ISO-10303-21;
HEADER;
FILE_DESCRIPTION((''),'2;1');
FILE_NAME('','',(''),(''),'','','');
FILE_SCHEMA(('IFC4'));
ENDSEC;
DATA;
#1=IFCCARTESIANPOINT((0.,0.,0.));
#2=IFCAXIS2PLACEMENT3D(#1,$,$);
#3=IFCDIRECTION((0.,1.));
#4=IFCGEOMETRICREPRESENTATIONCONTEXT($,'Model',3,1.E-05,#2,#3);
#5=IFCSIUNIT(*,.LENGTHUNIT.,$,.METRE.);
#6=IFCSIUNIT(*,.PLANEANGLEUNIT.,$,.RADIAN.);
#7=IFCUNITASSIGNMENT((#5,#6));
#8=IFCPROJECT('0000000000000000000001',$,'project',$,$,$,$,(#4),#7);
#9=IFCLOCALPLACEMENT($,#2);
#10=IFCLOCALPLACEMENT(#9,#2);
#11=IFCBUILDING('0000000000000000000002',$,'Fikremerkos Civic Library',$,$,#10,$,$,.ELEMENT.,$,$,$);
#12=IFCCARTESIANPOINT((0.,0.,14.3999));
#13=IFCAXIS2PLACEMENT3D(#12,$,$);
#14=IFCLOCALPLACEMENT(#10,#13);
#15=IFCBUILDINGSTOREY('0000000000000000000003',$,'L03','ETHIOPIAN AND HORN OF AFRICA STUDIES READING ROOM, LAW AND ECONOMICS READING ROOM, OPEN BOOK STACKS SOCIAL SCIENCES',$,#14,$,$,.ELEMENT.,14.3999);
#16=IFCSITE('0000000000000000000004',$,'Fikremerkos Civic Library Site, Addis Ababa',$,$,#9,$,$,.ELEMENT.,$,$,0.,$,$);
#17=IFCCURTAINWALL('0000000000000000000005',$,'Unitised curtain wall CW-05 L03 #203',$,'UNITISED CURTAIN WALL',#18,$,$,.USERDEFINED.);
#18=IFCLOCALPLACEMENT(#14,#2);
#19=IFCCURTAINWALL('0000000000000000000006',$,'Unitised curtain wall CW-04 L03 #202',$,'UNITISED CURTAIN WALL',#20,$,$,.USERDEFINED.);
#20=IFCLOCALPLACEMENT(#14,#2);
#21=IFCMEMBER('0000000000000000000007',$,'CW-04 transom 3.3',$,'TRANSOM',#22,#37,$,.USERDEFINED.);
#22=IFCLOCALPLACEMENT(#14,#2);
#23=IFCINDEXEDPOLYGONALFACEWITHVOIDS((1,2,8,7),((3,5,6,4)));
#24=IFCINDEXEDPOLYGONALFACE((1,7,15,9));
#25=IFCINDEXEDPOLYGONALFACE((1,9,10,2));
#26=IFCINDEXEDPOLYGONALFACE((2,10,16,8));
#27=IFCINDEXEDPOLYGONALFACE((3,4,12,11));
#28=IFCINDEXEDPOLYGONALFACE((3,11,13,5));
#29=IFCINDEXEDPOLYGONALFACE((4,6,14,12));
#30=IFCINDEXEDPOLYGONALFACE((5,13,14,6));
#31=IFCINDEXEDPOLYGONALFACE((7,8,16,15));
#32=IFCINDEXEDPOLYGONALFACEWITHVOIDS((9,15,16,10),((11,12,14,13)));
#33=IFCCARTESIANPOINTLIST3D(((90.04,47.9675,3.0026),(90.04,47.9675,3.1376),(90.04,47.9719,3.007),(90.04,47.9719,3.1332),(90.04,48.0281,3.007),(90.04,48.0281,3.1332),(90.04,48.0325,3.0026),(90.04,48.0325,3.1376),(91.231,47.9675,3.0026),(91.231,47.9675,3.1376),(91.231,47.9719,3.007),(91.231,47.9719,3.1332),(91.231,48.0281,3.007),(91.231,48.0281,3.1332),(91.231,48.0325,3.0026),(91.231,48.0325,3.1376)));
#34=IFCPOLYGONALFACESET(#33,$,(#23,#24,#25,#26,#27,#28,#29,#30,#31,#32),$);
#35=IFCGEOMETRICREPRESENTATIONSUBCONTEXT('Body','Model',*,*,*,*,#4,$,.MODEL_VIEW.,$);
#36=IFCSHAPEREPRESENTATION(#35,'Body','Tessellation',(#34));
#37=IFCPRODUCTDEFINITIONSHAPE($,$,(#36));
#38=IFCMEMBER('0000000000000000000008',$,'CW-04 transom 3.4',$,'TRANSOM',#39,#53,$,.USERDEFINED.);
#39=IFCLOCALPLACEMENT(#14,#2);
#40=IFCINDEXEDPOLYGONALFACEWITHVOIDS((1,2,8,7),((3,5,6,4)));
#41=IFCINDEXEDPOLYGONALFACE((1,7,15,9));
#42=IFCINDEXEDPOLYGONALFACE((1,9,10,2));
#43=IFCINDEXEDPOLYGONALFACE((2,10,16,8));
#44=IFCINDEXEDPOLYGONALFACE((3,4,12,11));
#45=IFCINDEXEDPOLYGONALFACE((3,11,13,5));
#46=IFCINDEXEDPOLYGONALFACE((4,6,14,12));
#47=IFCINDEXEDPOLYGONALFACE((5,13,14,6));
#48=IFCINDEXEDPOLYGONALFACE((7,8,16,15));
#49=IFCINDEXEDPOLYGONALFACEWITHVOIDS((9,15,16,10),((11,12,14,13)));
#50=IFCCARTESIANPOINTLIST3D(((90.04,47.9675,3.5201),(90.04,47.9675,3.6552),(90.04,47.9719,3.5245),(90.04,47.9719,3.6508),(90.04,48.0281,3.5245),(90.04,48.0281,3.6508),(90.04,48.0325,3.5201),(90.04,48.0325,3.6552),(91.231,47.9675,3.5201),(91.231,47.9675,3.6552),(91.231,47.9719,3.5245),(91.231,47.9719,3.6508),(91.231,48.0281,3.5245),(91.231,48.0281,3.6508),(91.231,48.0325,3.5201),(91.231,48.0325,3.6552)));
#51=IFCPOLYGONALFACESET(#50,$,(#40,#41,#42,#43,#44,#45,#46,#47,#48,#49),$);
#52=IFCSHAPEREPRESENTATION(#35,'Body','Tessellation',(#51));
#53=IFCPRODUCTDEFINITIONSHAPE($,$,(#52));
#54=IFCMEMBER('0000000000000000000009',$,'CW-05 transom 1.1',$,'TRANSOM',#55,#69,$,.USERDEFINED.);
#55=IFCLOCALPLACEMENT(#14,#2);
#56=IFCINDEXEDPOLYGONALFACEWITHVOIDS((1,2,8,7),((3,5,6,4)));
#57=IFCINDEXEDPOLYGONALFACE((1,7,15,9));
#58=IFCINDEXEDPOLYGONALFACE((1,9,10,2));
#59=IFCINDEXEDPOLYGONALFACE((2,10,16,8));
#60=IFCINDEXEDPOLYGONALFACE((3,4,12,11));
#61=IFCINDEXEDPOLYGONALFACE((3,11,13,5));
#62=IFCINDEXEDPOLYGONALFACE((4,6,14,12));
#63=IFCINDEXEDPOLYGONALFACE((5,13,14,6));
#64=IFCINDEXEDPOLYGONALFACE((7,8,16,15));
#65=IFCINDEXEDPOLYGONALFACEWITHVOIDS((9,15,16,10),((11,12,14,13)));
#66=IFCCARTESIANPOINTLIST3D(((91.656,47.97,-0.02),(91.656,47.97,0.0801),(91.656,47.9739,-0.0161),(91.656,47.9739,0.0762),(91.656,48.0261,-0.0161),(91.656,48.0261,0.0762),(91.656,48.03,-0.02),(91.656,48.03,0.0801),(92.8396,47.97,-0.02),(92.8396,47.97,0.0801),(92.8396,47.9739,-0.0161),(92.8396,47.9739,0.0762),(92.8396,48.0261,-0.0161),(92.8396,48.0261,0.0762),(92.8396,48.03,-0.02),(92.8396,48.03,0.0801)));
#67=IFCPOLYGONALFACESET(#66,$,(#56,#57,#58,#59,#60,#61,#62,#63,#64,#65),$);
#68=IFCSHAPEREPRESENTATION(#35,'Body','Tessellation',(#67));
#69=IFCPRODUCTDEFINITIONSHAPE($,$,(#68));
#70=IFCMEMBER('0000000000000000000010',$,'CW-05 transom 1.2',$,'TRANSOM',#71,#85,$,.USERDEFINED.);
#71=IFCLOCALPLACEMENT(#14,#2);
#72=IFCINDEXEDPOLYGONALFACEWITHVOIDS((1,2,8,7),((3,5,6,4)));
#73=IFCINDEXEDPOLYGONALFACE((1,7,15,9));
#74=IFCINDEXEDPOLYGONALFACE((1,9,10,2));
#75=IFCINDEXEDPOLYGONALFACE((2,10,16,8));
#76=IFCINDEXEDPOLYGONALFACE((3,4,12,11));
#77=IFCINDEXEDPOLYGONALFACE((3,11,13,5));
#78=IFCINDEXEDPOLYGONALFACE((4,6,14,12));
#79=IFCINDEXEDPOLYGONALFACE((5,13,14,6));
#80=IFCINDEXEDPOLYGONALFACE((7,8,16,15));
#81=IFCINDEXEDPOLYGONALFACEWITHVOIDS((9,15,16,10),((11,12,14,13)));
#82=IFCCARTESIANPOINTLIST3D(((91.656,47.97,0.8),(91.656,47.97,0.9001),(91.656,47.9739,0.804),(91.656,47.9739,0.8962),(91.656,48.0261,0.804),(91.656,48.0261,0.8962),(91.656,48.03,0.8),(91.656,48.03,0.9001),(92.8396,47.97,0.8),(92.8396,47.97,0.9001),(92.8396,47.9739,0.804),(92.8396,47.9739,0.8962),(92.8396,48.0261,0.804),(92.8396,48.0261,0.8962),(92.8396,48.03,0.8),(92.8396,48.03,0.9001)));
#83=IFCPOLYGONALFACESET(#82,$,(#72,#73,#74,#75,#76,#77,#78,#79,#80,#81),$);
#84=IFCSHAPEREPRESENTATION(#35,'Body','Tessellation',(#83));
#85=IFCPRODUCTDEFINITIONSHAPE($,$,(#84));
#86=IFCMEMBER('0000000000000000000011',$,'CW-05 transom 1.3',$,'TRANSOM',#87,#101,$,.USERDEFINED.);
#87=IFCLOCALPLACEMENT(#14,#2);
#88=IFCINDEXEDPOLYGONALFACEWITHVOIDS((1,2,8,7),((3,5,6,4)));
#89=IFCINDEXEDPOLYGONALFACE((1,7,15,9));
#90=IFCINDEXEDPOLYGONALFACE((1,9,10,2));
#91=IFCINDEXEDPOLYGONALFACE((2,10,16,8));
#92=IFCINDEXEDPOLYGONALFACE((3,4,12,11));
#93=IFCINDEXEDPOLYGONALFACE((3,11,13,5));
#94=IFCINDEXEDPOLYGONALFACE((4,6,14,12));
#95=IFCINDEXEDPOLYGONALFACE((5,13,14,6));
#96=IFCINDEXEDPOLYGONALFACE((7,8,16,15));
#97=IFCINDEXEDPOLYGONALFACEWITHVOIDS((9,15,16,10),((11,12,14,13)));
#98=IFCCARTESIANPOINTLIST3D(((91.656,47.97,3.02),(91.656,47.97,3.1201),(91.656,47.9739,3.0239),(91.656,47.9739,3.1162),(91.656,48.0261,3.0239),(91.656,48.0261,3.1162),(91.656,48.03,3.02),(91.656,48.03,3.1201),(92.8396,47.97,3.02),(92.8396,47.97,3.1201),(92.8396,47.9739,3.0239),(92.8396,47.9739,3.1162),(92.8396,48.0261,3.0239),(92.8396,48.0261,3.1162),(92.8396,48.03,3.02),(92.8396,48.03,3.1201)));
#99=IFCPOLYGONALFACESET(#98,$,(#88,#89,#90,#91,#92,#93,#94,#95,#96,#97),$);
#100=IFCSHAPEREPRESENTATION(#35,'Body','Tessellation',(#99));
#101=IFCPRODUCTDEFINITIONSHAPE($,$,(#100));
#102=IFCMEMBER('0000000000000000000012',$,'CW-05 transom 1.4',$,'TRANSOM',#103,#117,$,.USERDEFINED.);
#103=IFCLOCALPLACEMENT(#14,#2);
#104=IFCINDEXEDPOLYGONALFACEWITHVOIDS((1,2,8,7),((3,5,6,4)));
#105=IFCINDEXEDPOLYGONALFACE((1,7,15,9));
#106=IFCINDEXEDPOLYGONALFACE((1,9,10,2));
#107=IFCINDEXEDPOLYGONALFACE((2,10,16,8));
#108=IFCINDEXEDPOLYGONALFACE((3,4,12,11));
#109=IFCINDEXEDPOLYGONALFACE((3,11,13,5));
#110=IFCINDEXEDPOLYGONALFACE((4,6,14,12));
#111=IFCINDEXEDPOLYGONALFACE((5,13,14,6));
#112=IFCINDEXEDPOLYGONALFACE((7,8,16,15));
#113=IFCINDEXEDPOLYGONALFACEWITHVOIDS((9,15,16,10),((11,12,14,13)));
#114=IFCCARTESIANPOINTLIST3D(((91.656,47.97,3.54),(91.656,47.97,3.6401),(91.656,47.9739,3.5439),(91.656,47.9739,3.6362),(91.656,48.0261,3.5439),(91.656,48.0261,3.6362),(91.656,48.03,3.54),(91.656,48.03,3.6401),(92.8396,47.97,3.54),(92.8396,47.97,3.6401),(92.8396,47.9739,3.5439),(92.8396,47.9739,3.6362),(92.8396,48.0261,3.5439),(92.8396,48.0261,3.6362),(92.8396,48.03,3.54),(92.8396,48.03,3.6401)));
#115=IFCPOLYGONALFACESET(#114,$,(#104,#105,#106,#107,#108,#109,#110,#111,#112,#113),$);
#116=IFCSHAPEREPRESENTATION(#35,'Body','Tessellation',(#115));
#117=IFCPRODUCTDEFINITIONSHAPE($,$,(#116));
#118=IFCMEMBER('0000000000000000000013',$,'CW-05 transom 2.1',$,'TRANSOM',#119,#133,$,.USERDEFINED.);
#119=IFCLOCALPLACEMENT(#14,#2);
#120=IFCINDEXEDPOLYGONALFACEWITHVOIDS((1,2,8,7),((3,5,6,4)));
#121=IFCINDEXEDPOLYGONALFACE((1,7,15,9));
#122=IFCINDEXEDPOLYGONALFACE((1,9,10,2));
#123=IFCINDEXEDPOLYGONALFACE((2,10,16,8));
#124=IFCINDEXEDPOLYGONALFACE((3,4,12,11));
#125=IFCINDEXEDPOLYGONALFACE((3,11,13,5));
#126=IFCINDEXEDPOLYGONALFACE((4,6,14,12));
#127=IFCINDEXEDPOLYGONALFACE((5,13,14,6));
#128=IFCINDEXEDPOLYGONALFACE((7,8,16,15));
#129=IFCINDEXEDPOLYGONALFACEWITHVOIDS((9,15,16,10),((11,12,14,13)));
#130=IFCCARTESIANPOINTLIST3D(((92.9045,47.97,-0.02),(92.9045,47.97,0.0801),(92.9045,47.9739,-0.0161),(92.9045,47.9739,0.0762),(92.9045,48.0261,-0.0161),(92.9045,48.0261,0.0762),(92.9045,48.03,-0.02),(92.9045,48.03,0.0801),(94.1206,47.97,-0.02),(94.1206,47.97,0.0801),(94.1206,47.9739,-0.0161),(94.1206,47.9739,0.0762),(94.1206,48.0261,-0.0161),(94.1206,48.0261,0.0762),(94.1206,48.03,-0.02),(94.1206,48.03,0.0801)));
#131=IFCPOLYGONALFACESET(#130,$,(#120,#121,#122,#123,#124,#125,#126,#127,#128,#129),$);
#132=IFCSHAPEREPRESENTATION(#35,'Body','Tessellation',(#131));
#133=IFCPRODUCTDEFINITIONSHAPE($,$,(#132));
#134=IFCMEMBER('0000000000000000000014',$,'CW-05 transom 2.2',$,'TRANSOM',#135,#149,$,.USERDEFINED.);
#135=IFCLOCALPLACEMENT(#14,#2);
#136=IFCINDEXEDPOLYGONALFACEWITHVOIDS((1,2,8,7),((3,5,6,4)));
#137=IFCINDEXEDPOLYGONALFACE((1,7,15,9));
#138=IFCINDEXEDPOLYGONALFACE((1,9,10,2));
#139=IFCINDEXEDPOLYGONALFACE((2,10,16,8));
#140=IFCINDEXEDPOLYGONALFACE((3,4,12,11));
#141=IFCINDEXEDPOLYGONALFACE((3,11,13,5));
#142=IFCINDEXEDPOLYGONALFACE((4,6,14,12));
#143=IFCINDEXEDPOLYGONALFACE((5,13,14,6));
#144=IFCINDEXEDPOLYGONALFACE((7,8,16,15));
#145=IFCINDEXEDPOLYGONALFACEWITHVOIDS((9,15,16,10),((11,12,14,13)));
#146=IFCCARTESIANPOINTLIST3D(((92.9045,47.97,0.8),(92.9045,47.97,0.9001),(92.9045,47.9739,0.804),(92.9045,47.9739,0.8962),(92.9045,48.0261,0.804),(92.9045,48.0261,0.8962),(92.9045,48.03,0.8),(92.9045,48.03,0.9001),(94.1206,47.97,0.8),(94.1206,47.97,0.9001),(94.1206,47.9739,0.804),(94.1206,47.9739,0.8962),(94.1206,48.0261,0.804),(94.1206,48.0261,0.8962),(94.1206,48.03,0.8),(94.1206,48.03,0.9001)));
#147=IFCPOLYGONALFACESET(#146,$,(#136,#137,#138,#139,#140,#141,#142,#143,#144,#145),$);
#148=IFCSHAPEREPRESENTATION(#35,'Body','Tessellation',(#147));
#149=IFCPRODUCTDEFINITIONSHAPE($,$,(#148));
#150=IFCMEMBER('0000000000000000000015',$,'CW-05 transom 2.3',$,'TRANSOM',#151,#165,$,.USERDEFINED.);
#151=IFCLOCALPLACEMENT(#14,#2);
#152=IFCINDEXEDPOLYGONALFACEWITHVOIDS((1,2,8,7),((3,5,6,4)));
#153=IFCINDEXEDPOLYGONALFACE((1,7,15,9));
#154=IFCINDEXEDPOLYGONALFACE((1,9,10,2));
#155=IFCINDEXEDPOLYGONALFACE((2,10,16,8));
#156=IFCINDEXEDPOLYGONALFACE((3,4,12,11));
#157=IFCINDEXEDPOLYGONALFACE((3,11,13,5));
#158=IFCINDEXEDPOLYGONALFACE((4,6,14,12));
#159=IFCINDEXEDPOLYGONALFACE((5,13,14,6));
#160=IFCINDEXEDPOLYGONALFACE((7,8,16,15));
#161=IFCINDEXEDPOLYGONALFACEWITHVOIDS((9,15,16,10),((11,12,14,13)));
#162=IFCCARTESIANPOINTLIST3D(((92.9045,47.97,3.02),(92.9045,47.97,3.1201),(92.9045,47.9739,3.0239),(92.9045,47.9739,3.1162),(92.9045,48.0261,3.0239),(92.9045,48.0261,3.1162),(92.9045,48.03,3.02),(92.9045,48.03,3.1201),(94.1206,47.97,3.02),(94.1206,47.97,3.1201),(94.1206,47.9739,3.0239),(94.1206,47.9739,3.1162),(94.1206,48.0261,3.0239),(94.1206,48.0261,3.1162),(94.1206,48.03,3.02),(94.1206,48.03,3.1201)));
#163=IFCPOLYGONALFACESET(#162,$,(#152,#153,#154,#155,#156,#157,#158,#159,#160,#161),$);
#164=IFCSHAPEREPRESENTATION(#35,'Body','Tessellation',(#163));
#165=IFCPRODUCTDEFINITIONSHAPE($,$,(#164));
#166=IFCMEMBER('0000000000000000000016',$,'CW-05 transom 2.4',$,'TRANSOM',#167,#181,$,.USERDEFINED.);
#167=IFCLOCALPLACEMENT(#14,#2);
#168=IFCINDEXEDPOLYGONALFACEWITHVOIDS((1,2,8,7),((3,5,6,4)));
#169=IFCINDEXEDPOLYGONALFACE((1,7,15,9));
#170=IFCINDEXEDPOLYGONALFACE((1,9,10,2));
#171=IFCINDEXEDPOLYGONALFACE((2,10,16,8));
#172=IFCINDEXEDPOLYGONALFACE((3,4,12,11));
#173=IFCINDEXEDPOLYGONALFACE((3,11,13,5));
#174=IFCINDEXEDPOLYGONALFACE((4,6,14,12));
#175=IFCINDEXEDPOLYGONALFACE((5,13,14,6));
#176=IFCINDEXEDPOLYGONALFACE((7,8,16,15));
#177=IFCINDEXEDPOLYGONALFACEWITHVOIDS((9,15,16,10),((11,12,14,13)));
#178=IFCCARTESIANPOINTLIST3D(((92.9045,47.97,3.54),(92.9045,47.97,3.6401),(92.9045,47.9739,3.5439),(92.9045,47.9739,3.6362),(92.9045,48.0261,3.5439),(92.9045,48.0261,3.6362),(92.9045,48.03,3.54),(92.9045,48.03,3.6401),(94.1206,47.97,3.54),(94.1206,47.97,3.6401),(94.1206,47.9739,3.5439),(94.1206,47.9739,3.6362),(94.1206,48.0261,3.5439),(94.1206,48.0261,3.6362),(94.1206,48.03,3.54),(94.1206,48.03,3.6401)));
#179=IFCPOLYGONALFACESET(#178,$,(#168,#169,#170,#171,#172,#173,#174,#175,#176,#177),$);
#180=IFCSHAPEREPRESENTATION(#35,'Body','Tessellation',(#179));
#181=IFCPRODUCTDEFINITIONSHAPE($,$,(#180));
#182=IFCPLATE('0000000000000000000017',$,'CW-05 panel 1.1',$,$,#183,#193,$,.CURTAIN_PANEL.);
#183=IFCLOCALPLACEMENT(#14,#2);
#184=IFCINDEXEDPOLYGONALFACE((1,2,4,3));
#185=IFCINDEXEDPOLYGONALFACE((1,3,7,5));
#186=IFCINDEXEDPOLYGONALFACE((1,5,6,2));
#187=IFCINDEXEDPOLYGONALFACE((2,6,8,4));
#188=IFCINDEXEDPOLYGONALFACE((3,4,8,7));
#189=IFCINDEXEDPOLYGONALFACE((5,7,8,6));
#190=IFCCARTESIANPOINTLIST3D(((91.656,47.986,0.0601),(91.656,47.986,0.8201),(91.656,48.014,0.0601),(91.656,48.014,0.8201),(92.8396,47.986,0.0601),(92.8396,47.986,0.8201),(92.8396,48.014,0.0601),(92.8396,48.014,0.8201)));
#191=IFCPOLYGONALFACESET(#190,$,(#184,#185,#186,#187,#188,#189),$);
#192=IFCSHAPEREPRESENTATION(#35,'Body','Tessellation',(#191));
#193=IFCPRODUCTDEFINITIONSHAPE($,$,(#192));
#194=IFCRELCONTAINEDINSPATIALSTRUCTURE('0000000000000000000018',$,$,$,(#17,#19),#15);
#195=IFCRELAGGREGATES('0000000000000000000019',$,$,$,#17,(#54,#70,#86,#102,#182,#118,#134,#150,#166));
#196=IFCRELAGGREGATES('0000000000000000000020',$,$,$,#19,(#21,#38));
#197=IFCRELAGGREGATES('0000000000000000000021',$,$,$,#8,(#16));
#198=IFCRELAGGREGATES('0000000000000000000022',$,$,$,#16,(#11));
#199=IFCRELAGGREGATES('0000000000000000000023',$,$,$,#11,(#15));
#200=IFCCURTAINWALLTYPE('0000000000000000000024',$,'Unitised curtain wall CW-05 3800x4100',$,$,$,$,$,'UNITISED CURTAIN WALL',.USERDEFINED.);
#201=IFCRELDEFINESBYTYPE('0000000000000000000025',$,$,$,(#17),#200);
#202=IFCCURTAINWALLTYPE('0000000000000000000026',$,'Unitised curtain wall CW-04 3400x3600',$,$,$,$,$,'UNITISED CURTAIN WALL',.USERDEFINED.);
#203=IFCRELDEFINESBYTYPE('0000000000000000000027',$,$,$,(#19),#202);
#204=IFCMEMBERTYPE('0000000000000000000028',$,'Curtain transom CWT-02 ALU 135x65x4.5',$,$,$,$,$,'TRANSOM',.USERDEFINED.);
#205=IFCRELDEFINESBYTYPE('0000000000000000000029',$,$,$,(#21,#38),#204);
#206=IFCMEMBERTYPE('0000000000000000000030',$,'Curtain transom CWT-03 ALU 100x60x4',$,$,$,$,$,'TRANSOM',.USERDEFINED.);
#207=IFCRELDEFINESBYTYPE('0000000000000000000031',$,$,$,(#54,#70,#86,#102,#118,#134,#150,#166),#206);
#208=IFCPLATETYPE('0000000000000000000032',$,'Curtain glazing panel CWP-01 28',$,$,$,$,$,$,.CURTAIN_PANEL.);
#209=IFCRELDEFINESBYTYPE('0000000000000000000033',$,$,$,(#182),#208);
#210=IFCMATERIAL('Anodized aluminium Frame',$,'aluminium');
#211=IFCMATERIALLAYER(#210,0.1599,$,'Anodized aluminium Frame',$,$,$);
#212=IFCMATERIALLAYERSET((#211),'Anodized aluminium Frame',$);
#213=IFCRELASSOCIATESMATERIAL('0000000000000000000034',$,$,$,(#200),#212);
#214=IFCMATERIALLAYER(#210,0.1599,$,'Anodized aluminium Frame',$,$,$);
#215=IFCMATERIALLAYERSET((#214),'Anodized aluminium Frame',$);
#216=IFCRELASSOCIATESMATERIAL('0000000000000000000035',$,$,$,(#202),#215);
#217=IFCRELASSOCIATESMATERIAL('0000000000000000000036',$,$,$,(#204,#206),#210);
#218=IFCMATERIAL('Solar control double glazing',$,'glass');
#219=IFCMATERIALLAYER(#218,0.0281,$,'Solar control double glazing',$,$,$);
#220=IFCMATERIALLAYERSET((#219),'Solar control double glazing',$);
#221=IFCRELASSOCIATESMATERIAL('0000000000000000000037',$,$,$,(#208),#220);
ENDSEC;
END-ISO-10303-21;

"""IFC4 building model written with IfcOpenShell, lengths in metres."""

from ifc_helpers import new_model, si_unit, direction, frame, origin, origin_2d, place, context, subcontext, project, spatial, rectangle, hollow_rectangle, extrude, material, layer, layer_set, material_profile, profile_set, type_object, element, aggregate, save


model = new_model("IFC4")

# Units and contexts
model_context = context("Model", 3, precision=1e-05, world=origin(), true_north=direction((0.0, 1.0)))
body_context = subcontext(model_context, "Body", "Model", "MODEL_VIEW")
ifc_project = project(units=[si_unit("LENGTHUNIT", "METRE"), si_unit("PLANEANGLEUNIT", "RADIAN")], contexts=[model_context])

# Site, building, storey
site_placement = place(None, origin())
site = spatial("IfcSite", under=ifc_project, at=site_placement, Name="Fikremerkos Civic Library Site, Addis Ababa", CompositionType="ELEMENT", RefElevation=0.0)
building_placement = place(site_placement, origin())
building = spatial("IfcBuilding", under=site, at=building_placement, Name="Fikremerkos Civic Library", CompositionType="ELEMENT")
storey_placement = place(building_placement, frame((0.0, 0.0, 14.3999)))
storey = spatial("IfcBuildingStorey", under=building, at=storey_placement, Name="L03", Description="ETHIOPIAN AND HORN OF AFRICA STUDIES READING ROOM, LAW AND ECONOMICS READING ROOM, OPEN BOOK STACKS SOCIAL SCIENCES", CompositionType="ELEMENT", Elevation=14.3999)

# Curtain walls, members
ifc_material_1 = material(Name="Anodized aluminium Frame", Category="aluminium")
ifc_layer_1 = layer(ifc_material_1, 0.1599, Name="Anodized aluminium Frame")
ifc_layer_set_1 = layer_set([ifc_layer_1], Name="Anodized aluminium Frame")
curtain_wall_type_1 = type_object("IfcCurtainWallType", Name="Unitised curtain wall CW-05 3800x4100", ElementType="UNITISED CURTAIN WALL", PredefinedType="USERDEFINED", material=ifc_layer_set_1)
curtain_wall_1_placement = place(storey_placement, origin())
curtain_wall_1 = element("IfcCurtainWall", 1, at=curtain_wall_1_placement, inside=storey, type_object=curtain_wall_type_1, Name="Unitised curtain wall CW-05 L03 #203", ObjectType="UNITISED CURTAIN WALL", PredefinedType="USERDEFINED")
ifc_layer_2 = layer(ifc_material_1, 0.1599, Name="Anodized aluminium Frame")
ifc_layer_set_2 = layer_set([ifc_layer_2], Name="Anodized aluminium Frame")
curtain_wall_type_2 = type_object("IfcCurtainWallType", Name="Unitised curtain wall CW-04 3400x3600", ElementType="UNITISED CURTAIN WALL", PredefinedType="USERDEFINED", material=ifc_layer_set_2)
curtain_wall_2_placement = place(storey_placement, origin())
curtain_wall_2 = element("IfcCurtainWall", 2, at=curtain_wall_2_placement, inside=storey, type_object=curtain_wall_type_2, Name="Unitised curtain wall CW-04 L03 #202", ObjectType="UNITISED CURTAIN WALL", PredefinedType="USERDEFINED")
ifc_material_profile_1 = material_profile(ifc_material_1, hollow_rectangle(XDim=0.0649, YDim=0.135, WallThickness=0.0044, at=origin_2d()), Name="ALU 135x65x4.5")
ifc_profile_set_1 = profile_set([ifc_material_profile_1], Name="Anodized aluminium Frame")
member_type_1 = type_object("IfcMemberType", Name="Curtain transom CWT-02 ALU 135x65x4.5", ElementType="TRANSOM", PredefinedType="USERDEFINED", material=ifc_profile_set_1)
member_1_placement = place(storey_placement, frame((90.04, 48.0, 3.0701), z_axis=(1.0, 0.0, 0.0), x_axis=(0.0, 1.0, 0.0)))
member_1 = element("IfcMember", 3, at=member_1_placement, type_object=member_type_1, Name="CW-04 transom 3.3", ObjectType="TRANSOM", PredefinedType="USERDEFINED", context=body_context, shape_type="SweptSolid", body=[
    extrude(hollow_rectangle(XDim=0.0649, YDim=0.135, WallThickness=0.0044, at=origin_2d()), origin(), (0.0, 0.0, 1.0), 1.1909),
])
member_2_placement = place(storey_placement, frame((90.04, 48.0, 3.5876), z_axis=(1.0, 0.0, 0.0), x_axis=(0.0, 1.0, 0.0)))
member_2 = element("IfcMember", 4, at=member_2_placement, type_object=member_type_1, Name="CW-04 transom 3.4", ObjectType="TRANSOM", PredefinedType="USERDEFINED", context=body_context, shape_type="SweptSolid", body=[
    extrude(hollow_rectangle(XDim=0.0649, YDim=0.135, WallThickness=0.0044, at=origin_2d()), origin(), (0.0, 0.0, 1.0), 1.1909),
])

# Members
ifc_material_profile_2 = material_profile(ifc_material_1, hollow_rectangle(XDim=0.0601, YDim=0.1001, WallThickness=0.0039, at=origin_2d()), Name="ALU 100x60x4")
ifc_profile_set_2 = profile_set([ifc_material_profile_2], Name="Anodized aluminium Frame")
member_type_2 = type_object("IfcMemberType", Name="Curtain transom CWT-03 ALU 100x60x4", ElementType="TRANSOM", PredefinedType="USERDEFINED", material=ifc_profile_set_2)
member_3_placement = place(storey_placement, frame((91.656, 48.0, 0.03), z_axis=(1.0, 0.0, 0.0), x_axis=(0.0, 1.0, 0.0)))
member_3 = element("IfcMember", 5, at=member_3_placement, type_object=member_type_2, Name="CW-05 transom 1.1", ObjectType="TRANSOM", PredefinedType="USERDEFINED", context=body_context, shape_type="SweptSolid", body=[
    extrude(hollow_rectangle(XDim=0.0601, YDim=0.1001, WallThickness=0.0039, at=origin_2d()), origin(), (0.0, 0.0, 1.0), 1.1836),
])
member_4_placement = place(storey_placement, frame((91.656, 48.0, 0.8501), z_axis=(1.0, 0.0, 0.0), x_axis=(0.0, 1.0, 0.0)))
member_4 = element("IfcMember", 6, at=member_4_placement, type_object=member_type_2, Name="CW-05 transom 1.2", ObjectType="TRANSOM", PredefinedType="USERDEFINED", context=body_context, shape_type="SweptSolid", body=[
    extrude(hollow_rectangle(XDim=0.0601, YDim=0.1001, WallThickness=0.0039, at=origin_2d()), origin(), (0.0, 0.0, 1.0), 1.1836),
])
member_5_placement = place(storey_placement, frame((91.656, 48.0, 3.0701), z_axis=(1.0, 0.0, 0.0), x_axis=(0.0, 1.0, 0.0)))
member_5 = element("IfcMember", 7, at=member_5_placement, type_object=member_type_2, Name="CW-05 transom 1.3", ObjectType="TRANSOM", PredefinedType="USERDEFINED", context=body_context, shape_type="SweptSolid", body=[
    extrude(hollow_rectangle(XDim=0.0601, YDim=0.1001, WallThickness=0.0039, at=origin_2d()), origin(), (0.0, 0.0, 1.0), 1.1836),
])
member_6_placement = place(storey_placement, frame((91.656, 48.0, 3.5901), z_axis=(1.0, 0.0, 0.0), x_axis=(0.0, 1.0, 0.0)))
member_6 = element("IfcMember", 8, at=member_6_placement, type_object=member_type_2, Name="CW-05 transom 1.4", ObjectType="TRANSOM", PredefinedType="USERDEFINED", context=body_context, shape_type="SweptSolid", body=[
    extrude(hollow_rectangle(XDim=0.0601, YDim=0.1001, WallThickness=0.0039, at=origin_2d()), origin(), (0.0, 0.0, 1.0), 1.1836),
])
member_7_placement = place(storey_placement, frame((92.9045, 48.0, 0.03), z_axis=(1.0, 0.0, 0.0), x_axis=(0.0, 1.0, 0.0)))
member_7 = element("IfcMember", 9, at=member_7_placement, type_object=member_type_2, Name="CW-05 transom 2.1", ObjectType="TRANSOM", PredefinedType="USERDEFINED", context=body_context, shape_type="SweptSolid", body=[
    extrude(hollow_rectangle(XDim=0.0601, YDim=0.1001, WallThickness=0.0039, at=origin_2d()), origin(), (0.0, 0.0, 1.0), 1.2161),
])
member_8_placement = place(storey_placement, frame((92.9045, 48.0, 0.8501), z_axis=(1.0, 0.0, 0.0), x_axis=(0.0, 1.0, 0.0)))
member_8 = element("IfcMember", 10, at=member_8_placement, type_object=member_type_2, Name="CW-05 transom 2.2", ObjectType="TRANSOM", PredefinedType="USERDEFINED", context=body_context, shape_type="SweptSolid", body=[
    extrude(hollow_rectangle(XDim=0.0601, YDim=0.1001, WallThickness=0.0039, at=origin_2d()), origin(), (0.0, 0.0, 1.0), 1.2161),
])
member_9_placement = place(storey_placement, frame((92.9045, 48.0, 3.0701), z_axis=(1.0, 0.0, 0.0), x_axis=(0.0, 1.0, 0.0)))
member_9 = element("IfcMember", 11, at=member_9_placement, type_object=member_type_2, Name="CW-05 transom 2.3", ObjectType="TRANSOM", PredefinedType="USERDEFINED", context=body_context, shape_type="SweptSolid", body=[
    extrude(hollow_rectangle(XDim=0.0601, YDim=0.1001, WallThickness=0.0039, at=origin_2d()), origin(), (0.0, 0.0, 1.0), 1.2161),
])
member_10_placement = place(storey_placement, frame((92.9045, 48.0, 3.5901), z_axis=(1.0, 0.0, 0.0), x_axis=(0.0, 1.0, 0.0)))
member_10 = element("IfcMember", 12, at=member_10_placement, type_object=member_type_2, Name="CW-05 transom 2.4", ObjectType="TRANSOM", PredefinedType="USERDEFINED", context=body_context, shape_type="SweptSolid", body=[
    extrude(hollow_rectangle(XDim=0.0601, YDim=0.1001, WallThickness=0.0039, at=origin_2d()), origin(), (0.0, 0.0, 1.0), 1.2161),
])

# Plate
ifc_material_2 = material(Name="Solar control double glazing", Category="glass")
ifc_layer_3 = layer(ifc_material_2, 0.0281, Name="Solar control double glazing")
ifc_layer_set_3 = layer_set([ifc_layer_3], Name="Solar control double glazing")
plate_type_1 = type_object("IfcPlateType", Name="Curtain glazing panel CWP-01 28", PredefinedType="CURTAIN_PANEL", material=ifc_layer_set_3)
plate_1_placement = place(storey_placement, frame((92.2478, 48.0, 0.0601), z_axis=(0.0, 0.0, 1.0), x_axis=(1.0, 0.0, 0.0)))
plate_1 = element("IfcPlate", 13, at=plate_1_placement, type_object=plate_type_1, Name="CW-05 panel 1.1", PredefinedType="CURTAIN_PANEL", context=body_context, shape_type="SweptSolid", body=[
    extrude(rectangle(XDim=1.1836, YDim=0.0281, at=origin_2d()), origin(), (0.0, 0.0, 1.0), 0.76),
])
aggregate(curtain_wall_1, [member_3, member_4, member_5, member_6, plate_1, member_7, member_8, member_9, member_10])
aggregate(curtain_wall_2, [member_1, member_2])

save(model, "model.ifc")
